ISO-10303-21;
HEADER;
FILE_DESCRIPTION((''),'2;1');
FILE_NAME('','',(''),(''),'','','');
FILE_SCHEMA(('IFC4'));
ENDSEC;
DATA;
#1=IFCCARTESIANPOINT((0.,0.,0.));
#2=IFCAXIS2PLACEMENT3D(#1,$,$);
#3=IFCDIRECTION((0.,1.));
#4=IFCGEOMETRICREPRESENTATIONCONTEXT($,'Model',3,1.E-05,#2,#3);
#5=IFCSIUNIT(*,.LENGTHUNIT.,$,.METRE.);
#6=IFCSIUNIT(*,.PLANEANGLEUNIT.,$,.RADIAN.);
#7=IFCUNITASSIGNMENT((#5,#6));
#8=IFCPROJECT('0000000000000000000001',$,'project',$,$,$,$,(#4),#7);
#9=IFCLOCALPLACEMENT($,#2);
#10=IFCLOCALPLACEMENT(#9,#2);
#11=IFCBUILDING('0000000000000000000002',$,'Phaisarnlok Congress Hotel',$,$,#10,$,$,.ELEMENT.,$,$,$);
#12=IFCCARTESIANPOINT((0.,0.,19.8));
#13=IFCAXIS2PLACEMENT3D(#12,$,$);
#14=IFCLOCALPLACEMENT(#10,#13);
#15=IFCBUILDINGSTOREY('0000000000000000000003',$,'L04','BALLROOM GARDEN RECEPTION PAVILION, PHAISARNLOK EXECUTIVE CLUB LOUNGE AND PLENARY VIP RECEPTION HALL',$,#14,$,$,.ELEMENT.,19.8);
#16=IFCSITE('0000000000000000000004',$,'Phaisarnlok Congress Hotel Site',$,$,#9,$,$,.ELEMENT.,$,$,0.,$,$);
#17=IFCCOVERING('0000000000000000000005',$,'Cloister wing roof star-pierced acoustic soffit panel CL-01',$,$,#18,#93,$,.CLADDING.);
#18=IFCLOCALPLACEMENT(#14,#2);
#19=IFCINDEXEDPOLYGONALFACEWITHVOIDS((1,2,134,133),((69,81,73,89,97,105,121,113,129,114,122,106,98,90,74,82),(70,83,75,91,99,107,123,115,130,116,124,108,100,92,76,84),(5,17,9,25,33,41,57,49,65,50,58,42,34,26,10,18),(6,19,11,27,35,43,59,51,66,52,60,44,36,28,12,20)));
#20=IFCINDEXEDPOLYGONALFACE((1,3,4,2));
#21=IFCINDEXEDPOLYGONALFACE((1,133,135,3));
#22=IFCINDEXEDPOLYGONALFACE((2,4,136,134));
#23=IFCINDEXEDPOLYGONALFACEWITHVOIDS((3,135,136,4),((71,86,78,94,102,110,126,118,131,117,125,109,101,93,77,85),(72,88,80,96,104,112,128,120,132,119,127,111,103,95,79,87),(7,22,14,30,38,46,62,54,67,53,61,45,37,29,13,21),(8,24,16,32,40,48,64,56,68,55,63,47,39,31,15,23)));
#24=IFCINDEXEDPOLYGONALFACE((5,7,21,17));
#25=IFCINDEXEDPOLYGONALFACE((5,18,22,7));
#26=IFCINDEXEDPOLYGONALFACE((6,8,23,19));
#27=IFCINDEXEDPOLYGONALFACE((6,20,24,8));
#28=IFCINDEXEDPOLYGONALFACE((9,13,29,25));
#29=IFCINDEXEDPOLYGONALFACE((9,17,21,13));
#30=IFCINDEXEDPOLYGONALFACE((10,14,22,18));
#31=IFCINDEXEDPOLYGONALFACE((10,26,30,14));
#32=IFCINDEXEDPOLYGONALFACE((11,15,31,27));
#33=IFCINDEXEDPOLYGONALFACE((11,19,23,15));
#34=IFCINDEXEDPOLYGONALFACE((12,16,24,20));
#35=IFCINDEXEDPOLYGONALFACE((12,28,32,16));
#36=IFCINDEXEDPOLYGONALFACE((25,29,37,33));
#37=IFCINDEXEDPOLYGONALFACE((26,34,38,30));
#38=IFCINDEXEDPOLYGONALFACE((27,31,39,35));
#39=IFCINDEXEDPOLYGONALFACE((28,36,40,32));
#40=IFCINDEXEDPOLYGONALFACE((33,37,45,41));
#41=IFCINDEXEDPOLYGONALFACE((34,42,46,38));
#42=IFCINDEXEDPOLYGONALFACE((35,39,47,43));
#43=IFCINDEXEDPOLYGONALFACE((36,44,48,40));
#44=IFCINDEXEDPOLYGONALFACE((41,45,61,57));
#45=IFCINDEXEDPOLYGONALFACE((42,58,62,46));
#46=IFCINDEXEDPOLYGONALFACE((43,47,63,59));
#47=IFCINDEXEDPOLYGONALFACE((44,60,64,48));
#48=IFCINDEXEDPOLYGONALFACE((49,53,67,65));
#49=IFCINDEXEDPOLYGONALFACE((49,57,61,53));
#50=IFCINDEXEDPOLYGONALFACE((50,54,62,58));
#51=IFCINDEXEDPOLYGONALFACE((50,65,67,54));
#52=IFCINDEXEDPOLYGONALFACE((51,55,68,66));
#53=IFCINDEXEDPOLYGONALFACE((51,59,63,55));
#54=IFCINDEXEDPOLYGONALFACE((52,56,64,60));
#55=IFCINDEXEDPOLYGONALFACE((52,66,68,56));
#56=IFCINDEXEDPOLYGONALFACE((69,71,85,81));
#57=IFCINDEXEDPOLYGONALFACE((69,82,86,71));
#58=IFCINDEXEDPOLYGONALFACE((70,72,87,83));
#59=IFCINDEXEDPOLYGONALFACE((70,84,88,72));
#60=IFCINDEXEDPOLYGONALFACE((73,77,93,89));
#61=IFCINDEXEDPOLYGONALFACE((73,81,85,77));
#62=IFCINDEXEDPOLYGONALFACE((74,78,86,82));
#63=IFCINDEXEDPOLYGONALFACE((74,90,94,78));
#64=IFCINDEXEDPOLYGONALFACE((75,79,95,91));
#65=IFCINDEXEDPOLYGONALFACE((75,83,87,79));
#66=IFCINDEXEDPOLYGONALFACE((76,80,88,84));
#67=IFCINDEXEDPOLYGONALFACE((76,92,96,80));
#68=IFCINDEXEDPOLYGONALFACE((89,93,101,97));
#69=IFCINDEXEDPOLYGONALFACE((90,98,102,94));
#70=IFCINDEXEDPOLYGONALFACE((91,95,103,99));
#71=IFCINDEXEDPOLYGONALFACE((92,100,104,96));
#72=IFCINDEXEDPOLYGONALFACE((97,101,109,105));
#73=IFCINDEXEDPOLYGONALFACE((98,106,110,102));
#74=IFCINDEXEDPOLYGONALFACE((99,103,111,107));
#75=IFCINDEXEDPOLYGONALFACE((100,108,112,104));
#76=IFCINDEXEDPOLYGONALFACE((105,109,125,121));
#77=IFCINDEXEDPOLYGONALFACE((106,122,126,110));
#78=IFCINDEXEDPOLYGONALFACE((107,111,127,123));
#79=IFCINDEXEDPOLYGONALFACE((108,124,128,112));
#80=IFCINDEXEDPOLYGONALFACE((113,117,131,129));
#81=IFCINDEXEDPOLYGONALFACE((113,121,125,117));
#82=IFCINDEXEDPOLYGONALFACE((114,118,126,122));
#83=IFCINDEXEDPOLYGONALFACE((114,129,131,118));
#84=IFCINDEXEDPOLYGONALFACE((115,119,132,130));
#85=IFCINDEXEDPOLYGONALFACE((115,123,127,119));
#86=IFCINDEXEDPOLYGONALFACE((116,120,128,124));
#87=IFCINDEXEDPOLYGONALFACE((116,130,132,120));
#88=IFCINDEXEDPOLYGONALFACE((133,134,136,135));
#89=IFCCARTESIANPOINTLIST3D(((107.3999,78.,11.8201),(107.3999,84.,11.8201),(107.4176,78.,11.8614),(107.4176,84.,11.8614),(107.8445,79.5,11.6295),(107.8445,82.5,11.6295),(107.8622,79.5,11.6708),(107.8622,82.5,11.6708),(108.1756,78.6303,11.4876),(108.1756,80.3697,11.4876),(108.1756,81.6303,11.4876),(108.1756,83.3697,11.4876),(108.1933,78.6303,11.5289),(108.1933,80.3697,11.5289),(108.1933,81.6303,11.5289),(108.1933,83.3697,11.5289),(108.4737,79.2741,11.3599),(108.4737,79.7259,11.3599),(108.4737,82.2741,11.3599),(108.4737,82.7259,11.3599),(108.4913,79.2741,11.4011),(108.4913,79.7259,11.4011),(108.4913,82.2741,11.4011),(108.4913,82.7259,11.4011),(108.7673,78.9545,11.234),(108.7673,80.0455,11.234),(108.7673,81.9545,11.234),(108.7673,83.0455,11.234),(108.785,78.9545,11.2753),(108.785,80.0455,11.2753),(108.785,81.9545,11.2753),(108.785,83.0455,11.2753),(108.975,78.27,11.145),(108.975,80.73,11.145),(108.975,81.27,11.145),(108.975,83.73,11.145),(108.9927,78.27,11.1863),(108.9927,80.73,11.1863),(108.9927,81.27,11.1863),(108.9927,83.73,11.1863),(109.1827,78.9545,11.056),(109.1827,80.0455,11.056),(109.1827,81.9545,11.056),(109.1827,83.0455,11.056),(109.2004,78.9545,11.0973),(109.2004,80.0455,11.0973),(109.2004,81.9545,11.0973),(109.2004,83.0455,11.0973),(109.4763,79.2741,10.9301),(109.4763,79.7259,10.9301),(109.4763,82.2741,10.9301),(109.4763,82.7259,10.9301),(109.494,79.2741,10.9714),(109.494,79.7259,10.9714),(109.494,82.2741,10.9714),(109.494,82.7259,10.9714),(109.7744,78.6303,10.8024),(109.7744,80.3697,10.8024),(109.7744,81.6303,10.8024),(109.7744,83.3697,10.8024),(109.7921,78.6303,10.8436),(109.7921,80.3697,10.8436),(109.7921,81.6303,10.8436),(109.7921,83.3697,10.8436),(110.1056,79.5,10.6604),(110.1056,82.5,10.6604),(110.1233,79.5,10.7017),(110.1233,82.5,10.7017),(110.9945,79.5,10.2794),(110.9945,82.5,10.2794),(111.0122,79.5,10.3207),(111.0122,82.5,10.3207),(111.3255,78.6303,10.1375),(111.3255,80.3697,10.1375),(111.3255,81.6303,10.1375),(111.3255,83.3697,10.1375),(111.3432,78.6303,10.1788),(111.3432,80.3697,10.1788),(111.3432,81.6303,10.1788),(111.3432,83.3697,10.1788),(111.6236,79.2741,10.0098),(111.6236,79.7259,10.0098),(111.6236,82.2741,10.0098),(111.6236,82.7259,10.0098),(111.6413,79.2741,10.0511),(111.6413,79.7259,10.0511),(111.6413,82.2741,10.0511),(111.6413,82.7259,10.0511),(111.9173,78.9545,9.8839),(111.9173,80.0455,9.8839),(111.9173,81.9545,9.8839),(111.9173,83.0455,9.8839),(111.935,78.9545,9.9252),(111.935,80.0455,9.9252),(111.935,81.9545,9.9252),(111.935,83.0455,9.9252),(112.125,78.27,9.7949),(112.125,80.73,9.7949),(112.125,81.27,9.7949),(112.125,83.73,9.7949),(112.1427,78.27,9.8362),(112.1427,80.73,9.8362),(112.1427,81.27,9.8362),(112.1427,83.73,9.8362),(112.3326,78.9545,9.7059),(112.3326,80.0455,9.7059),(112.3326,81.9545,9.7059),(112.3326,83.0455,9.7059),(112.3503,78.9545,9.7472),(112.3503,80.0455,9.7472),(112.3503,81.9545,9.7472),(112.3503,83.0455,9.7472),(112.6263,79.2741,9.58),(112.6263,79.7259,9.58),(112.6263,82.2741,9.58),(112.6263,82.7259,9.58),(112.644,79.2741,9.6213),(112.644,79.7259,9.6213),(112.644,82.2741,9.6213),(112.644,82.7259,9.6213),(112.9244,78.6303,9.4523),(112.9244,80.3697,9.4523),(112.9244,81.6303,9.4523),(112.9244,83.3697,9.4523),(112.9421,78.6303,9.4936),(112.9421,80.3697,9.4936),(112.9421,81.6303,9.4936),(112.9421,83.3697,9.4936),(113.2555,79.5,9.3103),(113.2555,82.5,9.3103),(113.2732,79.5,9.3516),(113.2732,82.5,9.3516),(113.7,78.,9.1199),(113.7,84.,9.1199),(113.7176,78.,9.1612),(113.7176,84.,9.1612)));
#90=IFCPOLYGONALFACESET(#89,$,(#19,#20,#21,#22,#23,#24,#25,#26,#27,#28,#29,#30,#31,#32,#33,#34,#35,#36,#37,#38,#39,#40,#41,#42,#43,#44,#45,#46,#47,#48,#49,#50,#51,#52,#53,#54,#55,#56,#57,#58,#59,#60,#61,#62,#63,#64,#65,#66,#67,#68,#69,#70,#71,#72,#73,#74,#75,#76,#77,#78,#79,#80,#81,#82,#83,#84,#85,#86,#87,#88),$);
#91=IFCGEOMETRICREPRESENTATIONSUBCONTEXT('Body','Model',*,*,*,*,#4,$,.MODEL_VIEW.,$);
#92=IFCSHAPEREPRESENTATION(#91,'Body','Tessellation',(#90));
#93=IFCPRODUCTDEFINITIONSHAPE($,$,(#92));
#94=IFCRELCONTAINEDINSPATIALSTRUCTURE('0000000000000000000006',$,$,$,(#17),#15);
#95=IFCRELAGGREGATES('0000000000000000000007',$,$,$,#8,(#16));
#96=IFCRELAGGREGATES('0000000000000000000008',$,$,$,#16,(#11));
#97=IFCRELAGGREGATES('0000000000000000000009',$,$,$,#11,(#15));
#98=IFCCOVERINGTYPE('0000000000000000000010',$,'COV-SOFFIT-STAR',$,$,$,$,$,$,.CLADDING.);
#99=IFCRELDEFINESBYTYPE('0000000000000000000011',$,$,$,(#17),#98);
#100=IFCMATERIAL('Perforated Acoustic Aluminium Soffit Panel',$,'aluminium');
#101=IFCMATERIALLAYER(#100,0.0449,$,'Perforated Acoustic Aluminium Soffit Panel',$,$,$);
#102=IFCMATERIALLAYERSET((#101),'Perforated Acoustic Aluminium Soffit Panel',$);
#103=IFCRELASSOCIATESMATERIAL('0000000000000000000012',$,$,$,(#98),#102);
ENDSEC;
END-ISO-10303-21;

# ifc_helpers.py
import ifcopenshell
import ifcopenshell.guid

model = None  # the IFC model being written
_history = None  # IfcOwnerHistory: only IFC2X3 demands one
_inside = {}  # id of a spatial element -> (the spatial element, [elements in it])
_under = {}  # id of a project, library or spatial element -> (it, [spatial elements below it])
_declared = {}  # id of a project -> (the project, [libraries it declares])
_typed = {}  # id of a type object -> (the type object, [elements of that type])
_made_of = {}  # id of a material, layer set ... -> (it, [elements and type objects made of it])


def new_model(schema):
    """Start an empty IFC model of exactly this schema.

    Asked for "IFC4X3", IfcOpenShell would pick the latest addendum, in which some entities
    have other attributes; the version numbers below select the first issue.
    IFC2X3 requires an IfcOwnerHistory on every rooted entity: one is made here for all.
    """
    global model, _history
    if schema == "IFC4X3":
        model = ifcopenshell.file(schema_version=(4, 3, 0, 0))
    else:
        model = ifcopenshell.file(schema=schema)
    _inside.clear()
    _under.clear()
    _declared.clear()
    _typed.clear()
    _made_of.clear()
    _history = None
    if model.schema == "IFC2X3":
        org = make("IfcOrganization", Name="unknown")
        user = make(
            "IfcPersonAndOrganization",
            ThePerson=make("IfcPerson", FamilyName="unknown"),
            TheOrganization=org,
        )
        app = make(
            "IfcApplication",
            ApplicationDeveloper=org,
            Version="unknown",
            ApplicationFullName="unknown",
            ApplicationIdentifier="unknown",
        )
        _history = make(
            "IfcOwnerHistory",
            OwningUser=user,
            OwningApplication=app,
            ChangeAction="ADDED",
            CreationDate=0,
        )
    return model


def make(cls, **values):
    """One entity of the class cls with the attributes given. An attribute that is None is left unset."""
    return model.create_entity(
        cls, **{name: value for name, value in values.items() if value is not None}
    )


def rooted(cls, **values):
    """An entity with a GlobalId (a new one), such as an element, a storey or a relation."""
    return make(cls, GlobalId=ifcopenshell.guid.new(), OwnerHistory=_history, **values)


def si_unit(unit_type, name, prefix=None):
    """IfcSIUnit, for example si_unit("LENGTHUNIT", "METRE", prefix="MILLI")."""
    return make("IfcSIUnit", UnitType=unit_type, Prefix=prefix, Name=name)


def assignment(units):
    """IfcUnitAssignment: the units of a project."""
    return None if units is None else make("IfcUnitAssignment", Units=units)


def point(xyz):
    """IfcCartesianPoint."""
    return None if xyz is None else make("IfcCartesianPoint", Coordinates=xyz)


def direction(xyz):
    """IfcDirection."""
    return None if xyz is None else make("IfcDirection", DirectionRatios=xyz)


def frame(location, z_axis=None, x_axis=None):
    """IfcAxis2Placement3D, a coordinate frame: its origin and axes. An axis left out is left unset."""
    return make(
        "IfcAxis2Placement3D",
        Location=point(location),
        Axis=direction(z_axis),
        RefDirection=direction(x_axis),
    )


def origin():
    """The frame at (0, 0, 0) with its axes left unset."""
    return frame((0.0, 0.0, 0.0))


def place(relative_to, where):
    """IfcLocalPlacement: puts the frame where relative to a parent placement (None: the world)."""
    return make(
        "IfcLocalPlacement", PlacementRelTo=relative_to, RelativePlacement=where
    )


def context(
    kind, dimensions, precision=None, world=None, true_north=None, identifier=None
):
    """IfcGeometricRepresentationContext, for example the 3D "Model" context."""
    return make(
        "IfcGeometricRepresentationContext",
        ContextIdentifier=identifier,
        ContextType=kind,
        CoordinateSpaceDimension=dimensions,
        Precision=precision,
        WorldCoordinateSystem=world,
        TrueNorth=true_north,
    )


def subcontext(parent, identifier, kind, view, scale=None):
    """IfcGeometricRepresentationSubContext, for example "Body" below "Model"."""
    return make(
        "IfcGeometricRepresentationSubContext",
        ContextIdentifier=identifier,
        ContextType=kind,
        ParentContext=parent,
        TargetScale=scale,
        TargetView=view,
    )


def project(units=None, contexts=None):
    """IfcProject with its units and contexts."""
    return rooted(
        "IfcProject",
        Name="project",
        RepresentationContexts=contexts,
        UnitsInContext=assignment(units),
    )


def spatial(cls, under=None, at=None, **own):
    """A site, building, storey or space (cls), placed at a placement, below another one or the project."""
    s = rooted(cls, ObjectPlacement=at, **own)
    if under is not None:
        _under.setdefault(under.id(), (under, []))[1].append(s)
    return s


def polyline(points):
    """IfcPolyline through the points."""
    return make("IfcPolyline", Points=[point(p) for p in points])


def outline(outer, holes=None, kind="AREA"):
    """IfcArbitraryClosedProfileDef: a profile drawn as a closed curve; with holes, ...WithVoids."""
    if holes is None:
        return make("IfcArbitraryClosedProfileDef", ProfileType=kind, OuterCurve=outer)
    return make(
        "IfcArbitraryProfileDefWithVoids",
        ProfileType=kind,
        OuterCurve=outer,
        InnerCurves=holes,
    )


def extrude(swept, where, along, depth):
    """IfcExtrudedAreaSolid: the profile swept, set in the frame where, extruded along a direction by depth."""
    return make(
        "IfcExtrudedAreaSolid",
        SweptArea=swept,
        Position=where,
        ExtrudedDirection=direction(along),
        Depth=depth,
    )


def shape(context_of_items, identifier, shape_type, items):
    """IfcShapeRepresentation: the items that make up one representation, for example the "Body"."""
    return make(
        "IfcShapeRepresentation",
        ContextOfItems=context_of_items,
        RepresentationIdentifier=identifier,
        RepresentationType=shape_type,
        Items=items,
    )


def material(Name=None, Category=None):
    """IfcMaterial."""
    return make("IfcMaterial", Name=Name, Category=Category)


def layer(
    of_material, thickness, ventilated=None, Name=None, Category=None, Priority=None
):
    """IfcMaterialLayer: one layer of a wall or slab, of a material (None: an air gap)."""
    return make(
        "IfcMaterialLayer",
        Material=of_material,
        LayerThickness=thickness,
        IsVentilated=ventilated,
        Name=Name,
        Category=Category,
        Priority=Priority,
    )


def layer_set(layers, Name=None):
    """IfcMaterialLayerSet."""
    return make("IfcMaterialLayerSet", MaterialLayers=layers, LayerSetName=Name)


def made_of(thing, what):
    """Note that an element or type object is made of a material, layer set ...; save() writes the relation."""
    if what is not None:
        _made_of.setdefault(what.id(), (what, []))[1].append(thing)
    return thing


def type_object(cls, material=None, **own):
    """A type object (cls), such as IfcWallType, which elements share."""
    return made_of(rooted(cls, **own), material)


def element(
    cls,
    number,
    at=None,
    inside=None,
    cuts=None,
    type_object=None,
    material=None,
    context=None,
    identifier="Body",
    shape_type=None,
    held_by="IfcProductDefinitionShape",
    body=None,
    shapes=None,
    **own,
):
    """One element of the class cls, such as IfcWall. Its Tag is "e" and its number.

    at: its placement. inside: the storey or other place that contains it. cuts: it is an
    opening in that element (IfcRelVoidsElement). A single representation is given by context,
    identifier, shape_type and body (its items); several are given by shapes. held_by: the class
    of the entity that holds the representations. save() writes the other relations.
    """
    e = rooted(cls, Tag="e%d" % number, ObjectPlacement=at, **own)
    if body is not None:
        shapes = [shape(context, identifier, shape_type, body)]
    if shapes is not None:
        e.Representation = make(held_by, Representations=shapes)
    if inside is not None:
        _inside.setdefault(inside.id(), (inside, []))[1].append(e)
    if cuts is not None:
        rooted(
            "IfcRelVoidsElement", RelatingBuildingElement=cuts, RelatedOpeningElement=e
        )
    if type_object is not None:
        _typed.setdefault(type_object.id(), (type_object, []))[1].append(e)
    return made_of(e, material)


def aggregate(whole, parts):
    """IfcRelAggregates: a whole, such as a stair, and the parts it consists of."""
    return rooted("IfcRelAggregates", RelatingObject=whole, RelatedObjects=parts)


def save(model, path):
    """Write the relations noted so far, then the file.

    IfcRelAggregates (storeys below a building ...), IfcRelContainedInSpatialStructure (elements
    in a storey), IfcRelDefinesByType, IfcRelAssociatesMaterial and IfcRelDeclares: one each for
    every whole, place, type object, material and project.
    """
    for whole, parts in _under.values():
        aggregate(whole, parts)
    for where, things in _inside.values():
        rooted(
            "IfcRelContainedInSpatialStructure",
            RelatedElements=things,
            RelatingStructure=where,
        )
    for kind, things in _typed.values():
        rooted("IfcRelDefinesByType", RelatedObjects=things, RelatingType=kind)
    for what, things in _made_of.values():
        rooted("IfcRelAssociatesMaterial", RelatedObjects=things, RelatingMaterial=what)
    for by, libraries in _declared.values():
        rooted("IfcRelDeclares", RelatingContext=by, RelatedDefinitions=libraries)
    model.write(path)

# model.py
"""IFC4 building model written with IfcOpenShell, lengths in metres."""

from ifc_helpers import new_model, si_unit, direction, frame, origin, place, context, subcontext, project, spatial, polyline, outline, extrude, material, layer, layer_set, type_object, element, save


model = new_model("IFC4")

# Units and contexts
model_context = context("Model", 3, precision=1e-05, world=origin(), true_north=direction((0.0, 1.0)))
body_context = subcontext(model_context, "Body", "Model", "MODEL_VIEW")
ifc_project = project(units=[si_unit("LENGTHUNIT", "METRE"), si_unit("PLANEANGLEUNIT", "RADIAN")], contexts=[model_context])

# Site, building, storey
site_placement = place(None, origin())
site = spatial("IfcSite", under=ifc_project, at=site_placement, Name="Phaisarnlok Congress Hotel Site", CompositionType="ELEMENT", RefElevation=0.0)
building_placement = place(site_placement, origin())
building = spatial("IfcBuilding", under=site, at=building_placement, Name="Phaisarnlok Congress Hotel", CompositionType="ELEMENT")
storey_placement = place(building_placement, frame((0.0, 0.0, 19.8)))
storey = spatial("IfcBuildingStorey", under=building, at=storey_placement, Name="L04", Description="BALLROOM GARDEN RECEPTION PAVILION, PHAISARNLOK EXECUTIVE CLUB LOUNGE AND PLENARY VIP RECEPTION HALL", CompositionType="ELEMENT", Elevation=19.8)

# Covering
ifc_material_1 = material(Name="Perforated Acoustic Aluminium Soffit Panel", Category="aluminium")
ifc_layer_1 = layer(ifc_material_1, 0.0449, Name="Perforated Acoustic Aluminium Soffit Panel")
ifc_layer_set_1 = layer_set([ifc_layer_1], Name="Perforated Acoustic Aluminium Soffit Panel")
covering_type = type_object("IfcCoveringType", Name="COV-SOFFIT-STAR", PredefinedType="CLADDING", material=ifc_layer_set_1)
covering_placement = place(storey_placement, frame((113.7, 78.0, 9.1199), z_axis=(0.393941, 0.0, 0.919136), x_axis=(0.0, 1.0, 0.0)))
element("IfcCovering", 1, at=covering_placement, inside=storey, type_object=covering_type, Name="Cloister wing roof star-pierced acoustic soffit panel CL-01", PredefinedType="CLADDING", context=body_context, shape_type="SweptSolid", body=[
    extrude(outline(polyline([(0.0, 0.0), (6.0, 0.0), (6.0, 6.8543), (0.0, 6.8543), (0.0, 0.0)]), holes=[polyline([(2.0455, 1.4876), (2.3697, 0.8438), (1.7259, 1.1681), (1.5, 0.4835), (1.2741, 1.1681), (0.6303, 0.8438), (0.9545, 1.4876), (0.27, 1.7135), (0.9545, 1.9395), (0.6303, 2.5833), (1.2741, 2.259), (1.5, 2.9435), (1.7259, 2.259), (2.3697, 2.5833), (2.0455, 1.9395), (2.73, 1.7135), (2.0455, 1.4876)]), polyline([(2.0455, 4.9147), (2.3697, 4.2709), (1.7259, 4.5952), (1.5, 3.9106), (1.2741, 4.5952), (0.6303, 4.2709), (0.9545, 4.9147), (0.27, 5.1406), (0.9545, 5.3666), (0.6303, 6.0104), (1.2741, 5.6861), (1.5, 6.3706), (1.7259, 5.6861), (2.3697, 6.0104), (2.0455, 5.3666), (2.73, 5.1406), (2.0455, 4.9147)]), polyline([(5.0455, 1.4876), (5.3697, 0.8438), (4.7259, 1.1681), (4.5, 0.4835), (4.2741, 1.1681), (3.6303, 0.8438), (3.9545, 1.4876), (3.27, 1.7135), (3.9545, 1.9395), (3.6303, 2.5833), (4.2741, 2.259), (4.5, 2.9435), (4.7259, 2.259), (5.3697, 2.5833), (5.0455, 1.9395), (5.73, 1.7135), (5.0455, 1.4876)]), polyline([(5.0455, 4.9147), (5.3697, 4.2709), (4.7259, 4.5952), (4.5, 3.9106), (4.2741, 4.5952), (3.6303, 4.2709), (3.9545, 4.9147), (3.27, 5.1406), (3.9545, 5.3666), (3.6303, 6.0104), (4.2741, 5.6861), (4.5, 6.3706), (4.7259, 5.6861), (5.3697, 6.0104), (5.0455, 5.3666), (5.73, 5.1406), (5.0455, 4.9147)])]), origin(), (0.0, 0.0, 1.0), 0.0449),
])

save(model, "model.ifc")
